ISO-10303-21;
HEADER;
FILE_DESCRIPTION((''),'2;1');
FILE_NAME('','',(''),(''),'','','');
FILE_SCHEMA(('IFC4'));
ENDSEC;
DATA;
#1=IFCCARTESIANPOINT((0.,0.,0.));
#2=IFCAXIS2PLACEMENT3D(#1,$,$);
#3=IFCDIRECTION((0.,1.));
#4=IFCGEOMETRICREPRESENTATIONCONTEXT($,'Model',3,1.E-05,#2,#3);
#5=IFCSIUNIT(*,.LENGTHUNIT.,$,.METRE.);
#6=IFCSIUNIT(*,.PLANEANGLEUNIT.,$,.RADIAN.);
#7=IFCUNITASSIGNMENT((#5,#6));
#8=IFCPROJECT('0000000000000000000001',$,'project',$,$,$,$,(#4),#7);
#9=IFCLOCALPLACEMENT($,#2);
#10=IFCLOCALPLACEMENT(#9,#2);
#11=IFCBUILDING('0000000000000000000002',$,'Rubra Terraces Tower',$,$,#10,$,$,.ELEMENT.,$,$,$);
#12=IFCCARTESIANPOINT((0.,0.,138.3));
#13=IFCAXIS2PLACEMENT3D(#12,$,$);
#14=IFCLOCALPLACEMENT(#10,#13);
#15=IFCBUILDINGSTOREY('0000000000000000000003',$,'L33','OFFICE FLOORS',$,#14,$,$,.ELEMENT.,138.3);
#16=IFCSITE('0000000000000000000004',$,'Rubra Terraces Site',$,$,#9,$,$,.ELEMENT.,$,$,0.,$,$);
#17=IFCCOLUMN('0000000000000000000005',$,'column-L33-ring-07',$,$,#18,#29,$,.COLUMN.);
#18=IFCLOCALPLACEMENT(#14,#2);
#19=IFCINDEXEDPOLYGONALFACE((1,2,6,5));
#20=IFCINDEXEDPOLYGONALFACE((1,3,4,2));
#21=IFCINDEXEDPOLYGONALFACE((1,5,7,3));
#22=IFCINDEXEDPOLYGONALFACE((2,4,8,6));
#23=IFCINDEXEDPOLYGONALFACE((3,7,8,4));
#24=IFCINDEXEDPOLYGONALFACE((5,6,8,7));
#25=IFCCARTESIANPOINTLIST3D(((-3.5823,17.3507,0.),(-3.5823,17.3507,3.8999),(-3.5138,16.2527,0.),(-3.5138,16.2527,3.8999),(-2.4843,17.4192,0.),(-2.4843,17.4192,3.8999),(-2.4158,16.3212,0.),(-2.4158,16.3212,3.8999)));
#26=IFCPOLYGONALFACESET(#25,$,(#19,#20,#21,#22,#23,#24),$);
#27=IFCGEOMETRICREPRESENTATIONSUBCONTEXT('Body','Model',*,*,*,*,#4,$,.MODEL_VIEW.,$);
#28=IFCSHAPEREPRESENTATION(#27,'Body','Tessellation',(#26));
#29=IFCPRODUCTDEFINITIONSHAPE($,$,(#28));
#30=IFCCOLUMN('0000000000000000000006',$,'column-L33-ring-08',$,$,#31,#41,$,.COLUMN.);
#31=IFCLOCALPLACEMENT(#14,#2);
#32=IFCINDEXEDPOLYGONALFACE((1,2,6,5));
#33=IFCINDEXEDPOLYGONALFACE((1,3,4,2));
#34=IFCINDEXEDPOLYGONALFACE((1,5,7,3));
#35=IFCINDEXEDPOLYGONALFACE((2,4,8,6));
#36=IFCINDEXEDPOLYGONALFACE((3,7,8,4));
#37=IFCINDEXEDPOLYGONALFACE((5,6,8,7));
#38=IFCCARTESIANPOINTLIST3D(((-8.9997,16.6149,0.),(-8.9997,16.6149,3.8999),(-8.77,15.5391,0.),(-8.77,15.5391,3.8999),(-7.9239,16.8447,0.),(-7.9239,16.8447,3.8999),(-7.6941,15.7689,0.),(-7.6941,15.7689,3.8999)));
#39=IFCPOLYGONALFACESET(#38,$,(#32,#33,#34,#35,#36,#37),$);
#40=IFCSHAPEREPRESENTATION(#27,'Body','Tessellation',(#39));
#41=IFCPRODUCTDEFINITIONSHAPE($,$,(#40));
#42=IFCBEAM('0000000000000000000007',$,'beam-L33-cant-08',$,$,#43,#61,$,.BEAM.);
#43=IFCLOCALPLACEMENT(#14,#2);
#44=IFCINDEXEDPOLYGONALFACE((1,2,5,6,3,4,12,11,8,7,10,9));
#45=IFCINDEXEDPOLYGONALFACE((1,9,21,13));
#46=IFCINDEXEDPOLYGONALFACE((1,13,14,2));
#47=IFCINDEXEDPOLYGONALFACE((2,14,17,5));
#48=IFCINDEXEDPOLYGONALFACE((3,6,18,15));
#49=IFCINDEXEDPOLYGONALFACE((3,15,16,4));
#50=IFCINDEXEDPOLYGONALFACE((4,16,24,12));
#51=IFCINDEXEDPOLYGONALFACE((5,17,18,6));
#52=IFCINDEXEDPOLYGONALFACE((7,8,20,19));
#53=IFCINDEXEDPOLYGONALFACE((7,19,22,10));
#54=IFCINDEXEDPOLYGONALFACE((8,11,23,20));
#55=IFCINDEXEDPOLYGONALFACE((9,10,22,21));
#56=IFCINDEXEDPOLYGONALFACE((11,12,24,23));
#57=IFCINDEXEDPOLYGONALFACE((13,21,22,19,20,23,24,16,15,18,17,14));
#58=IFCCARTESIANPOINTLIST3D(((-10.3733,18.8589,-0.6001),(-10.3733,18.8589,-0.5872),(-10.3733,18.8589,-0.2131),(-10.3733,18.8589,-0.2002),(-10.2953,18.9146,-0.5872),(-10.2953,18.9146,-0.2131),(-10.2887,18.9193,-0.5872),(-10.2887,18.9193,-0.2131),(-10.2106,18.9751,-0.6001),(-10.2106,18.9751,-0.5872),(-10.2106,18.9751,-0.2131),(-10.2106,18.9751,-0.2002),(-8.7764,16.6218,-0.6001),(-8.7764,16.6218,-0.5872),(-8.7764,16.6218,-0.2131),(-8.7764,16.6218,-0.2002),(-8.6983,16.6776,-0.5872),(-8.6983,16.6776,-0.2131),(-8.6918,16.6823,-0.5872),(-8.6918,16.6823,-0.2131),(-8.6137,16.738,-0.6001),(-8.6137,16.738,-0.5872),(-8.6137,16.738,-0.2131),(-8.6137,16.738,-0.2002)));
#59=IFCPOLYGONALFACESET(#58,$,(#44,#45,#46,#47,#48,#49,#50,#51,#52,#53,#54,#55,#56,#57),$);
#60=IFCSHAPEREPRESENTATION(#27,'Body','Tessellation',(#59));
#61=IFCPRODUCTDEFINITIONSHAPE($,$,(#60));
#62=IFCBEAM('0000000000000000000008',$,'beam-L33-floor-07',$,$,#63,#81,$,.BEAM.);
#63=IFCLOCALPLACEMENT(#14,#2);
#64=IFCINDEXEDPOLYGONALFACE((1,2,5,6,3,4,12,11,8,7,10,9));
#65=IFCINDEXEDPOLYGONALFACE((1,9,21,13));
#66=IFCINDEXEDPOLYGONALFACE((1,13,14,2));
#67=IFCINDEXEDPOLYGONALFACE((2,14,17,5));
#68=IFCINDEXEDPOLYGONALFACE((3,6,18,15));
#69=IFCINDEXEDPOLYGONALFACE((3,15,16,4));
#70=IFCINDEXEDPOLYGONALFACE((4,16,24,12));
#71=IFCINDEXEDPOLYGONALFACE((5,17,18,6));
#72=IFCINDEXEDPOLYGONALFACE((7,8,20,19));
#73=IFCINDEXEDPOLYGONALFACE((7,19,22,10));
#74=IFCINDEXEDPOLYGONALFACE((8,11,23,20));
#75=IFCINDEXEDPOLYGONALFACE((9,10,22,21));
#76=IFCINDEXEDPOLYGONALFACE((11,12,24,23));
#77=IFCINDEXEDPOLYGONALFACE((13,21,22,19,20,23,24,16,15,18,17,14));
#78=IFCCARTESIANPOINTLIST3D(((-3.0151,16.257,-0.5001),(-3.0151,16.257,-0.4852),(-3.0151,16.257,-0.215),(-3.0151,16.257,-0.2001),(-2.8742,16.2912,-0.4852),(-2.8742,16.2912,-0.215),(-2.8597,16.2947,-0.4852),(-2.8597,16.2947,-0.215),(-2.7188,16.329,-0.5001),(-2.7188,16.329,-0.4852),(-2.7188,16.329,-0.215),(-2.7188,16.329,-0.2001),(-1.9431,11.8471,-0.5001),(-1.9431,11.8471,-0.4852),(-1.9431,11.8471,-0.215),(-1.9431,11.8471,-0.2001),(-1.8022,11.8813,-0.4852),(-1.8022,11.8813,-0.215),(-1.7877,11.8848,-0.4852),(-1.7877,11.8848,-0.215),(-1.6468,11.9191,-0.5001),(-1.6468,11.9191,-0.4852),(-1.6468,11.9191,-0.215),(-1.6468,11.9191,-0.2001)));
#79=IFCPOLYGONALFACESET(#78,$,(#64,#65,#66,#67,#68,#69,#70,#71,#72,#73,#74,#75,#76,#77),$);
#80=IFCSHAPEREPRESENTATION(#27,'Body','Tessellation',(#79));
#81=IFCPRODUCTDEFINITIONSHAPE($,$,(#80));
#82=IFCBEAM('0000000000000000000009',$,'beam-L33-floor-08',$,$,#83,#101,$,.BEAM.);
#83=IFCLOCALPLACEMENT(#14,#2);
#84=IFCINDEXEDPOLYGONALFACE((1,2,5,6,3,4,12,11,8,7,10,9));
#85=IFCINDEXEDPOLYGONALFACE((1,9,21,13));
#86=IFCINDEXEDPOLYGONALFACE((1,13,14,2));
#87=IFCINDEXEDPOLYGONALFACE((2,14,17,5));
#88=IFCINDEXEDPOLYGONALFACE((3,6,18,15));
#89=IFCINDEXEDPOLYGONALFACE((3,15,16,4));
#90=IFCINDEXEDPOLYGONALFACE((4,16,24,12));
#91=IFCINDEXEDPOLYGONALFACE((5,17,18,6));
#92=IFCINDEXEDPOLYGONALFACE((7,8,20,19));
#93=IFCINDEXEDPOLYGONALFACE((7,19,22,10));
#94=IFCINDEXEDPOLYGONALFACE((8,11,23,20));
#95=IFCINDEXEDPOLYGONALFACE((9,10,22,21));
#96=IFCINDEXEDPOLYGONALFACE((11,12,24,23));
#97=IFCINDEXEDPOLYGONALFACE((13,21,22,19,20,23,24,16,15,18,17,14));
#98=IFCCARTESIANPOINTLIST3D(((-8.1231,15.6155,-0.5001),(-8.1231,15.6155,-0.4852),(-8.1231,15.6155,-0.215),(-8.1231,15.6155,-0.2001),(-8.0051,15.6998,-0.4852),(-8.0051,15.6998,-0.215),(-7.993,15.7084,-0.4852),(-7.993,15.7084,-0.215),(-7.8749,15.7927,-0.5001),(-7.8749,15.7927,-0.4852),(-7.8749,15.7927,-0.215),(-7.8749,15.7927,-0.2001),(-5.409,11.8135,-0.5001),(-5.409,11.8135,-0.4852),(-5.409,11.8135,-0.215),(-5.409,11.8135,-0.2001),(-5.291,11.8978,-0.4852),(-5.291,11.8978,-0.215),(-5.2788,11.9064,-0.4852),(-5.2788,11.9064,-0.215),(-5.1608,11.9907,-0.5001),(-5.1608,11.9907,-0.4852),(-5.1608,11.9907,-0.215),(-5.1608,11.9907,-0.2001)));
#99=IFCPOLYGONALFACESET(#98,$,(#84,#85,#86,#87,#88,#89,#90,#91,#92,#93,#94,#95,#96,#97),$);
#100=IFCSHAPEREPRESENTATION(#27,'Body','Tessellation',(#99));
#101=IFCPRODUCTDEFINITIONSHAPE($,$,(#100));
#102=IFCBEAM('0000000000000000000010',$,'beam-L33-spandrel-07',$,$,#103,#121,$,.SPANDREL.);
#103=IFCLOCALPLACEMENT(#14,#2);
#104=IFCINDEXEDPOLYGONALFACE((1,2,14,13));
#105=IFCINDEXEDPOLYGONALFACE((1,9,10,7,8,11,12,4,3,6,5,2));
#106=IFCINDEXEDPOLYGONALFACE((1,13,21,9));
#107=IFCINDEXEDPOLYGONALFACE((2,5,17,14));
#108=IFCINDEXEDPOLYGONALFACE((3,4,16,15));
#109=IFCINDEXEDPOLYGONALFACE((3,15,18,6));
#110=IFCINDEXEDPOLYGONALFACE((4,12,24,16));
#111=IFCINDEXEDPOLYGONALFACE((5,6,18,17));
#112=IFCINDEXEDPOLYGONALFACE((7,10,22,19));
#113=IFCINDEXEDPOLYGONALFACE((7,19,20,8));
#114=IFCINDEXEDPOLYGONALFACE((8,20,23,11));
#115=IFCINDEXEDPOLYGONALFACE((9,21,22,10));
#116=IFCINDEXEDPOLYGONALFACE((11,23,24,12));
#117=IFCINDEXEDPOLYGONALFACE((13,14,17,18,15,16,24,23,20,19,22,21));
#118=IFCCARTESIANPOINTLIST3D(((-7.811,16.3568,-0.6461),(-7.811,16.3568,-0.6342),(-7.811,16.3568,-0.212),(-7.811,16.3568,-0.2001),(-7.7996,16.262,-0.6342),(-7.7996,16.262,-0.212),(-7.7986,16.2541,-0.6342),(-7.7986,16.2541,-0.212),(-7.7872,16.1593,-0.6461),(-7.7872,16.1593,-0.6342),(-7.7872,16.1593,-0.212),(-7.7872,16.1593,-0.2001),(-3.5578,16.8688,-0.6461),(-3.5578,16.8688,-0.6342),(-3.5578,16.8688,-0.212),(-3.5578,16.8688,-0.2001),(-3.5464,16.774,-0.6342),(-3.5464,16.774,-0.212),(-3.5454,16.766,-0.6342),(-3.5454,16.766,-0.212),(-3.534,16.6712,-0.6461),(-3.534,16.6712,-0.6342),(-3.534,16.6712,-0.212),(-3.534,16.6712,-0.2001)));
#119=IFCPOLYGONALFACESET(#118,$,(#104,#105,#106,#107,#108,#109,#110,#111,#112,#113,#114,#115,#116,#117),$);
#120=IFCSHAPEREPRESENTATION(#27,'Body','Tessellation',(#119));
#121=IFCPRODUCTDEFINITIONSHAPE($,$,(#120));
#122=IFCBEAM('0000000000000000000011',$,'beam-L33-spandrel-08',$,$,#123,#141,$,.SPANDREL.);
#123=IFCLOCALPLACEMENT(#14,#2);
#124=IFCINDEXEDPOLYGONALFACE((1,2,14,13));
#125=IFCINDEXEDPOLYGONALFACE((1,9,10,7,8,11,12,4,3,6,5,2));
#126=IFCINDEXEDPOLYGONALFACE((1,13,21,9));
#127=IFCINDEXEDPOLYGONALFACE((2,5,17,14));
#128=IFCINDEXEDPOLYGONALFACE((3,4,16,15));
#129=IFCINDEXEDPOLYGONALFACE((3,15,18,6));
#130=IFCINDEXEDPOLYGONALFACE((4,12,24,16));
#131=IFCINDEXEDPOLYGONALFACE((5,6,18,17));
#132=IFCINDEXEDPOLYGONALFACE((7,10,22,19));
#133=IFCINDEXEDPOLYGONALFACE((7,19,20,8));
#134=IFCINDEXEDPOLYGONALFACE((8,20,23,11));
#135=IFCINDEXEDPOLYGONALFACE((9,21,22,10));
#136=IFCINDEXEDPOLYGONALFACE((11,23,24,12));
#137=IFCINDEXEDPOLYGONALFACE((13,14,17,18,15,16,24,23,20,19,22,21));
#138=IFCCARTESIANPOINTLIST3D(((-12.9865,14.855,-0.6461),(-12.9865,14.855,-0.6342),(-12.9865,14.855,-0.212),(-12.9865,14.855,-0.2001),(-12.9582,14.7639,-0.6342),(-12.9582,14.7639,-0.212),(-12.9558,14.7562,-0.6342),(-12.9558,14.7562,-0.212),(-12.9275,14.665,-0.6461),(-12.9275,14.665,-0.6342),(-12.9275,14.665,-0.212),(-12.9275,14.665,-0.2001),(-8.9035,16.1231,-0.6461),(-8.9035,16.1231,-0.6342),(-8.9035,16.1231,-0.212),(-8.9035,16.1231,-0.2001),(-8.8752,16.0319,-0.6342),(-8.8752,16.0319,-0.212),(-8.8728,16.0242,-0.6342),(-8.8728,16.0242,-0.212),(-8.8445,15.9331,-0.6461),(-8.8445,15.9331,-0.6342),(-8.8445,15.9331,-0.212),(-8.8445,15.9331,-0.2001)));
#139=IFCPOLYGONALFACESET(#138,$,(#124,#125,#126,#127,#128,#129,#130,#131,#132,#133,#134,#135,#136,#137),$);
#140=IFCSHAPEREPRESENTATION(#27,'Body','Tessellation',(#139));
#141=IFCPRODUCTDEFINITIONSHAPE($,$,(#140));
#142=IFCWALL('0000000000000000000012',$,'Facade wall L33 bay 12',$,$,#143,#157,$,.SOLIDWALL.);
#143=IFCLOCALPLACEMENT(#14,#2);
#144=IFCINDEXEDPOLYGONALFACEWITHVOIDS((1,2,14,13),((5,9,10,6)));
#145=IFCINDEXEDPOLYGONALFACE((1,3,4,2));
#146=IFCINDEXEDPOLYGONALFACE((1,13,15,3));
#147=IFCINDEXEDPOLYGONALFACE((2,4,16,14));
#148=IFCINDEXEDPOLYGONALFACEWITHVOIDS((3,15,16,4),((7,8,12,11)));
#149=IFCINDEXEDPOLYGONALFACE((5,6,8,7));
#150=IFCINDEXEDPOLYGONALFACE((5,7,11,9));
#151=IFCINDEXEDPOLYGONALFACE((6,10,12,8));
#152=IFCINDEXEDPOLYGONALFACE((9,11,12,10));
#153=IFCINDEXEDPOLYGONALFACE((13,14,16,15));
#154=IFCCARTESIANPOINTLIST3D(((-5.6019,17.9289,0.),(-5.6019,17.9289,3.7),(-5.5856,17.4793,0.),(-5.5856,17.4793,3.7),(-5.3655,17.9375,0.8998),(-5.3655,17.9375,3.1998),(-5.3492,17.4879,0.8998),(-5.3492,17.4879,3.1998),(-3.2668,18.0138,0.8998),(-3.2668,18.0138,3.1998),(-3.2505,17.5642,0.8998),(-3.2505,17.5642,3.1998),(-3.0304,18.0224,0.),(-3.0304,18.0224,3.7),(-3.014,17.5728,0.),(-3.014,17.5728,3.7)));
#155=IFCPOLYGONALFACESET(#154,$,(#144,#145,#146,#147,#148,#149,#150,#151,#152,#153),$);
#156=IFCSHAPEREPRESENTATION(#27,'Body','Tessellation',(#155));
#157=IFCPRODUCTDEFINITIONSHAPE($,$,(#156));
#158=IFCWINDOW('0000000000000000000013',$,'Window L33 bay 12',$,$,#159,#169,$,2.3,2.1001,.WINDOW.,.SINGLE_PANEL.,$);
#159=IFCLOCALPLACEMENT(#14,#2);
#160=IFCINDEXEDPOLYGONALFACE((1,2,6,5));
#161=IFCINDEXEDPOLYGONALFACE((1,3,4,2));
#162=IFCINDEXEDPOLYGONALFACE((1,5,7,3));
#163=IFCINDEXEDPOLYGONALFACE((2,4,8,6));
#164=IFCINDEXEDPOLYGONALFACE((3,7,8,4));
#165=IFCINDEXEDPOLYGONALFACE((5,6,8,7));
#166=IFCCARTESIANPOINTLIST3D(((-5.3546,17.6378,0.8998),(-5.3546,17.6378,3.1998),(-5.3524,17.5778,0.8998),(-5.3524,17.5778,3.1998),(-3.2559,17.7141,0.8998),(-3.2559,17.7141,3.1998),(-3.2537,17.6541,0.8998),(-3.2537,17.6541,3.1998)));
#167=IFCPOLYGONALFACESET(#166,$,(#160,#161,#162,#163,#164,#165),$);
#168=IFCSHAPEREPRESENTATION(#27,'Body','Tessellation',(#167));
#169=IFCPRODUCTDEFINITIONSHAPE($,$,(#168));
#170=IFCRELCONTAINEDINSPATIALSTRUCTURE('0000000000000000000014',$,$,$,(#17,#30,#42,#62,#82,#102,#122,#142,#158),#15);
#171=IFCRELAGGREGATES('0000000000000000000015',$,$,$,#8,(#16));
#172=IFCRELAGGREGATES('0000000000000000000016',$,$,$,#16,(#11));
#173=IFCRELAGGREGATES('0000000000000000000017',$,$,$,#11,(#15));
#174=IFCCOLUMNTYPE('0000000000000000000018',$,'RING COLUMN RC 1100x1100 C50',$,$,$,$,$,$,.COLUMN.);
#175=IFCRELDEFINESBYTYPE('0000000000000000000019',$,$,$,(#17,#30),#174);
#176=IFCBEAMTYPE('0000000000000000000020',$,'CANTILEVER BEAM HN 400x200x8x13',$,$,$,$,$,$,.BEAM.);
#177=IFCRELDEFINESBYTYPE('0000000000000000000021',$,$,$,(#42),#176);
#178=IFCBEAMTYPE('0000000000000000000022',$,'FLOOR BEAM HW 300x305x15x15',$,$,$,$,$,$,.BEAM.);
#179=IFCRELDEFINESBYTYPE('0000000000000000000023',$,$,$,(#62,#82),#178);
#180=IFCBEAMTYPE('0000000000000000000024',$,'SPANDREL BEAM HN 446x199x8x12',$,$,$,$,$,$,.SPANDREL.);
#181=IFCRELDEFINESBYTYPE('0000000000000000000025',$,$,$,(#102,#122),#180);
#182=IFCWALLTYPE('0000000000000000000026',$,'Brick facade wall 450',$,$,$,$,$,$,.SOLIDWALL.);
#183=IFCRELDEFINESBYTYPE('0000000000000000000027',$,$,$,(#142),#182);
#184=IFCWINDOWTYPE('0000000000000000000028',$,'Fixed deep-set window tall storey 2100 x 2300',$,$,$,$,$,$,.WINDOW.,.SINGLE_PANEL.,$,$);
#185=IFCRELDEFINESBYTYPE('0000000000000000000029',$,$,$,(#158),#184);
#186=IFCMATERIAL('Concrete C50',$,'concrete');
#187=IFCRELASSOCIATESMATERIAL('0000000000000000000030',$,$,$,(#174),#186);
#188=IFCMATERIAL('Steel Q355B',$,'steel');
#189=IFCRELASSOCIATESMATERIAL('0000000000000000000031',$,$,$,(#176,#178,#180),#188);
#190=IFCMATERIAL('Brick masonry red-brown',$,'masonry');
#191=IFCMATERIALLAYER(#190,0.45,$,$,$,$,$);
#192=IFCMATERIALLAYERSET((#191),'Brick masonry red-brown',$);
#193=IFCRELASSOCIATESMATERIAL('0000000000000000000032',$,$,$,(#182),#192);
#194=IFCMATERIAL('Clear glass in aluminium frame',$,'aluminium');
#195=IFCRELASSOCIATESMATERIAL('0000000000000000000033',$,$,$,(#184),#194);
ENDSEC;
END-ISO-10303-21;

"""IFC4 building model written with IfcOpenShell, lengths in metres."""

from ifc_helpers import new_model, si_unit, direction, frame, frame_2d, origin, origin_2d, place, context, subcontext, project, spatial, rectangle, i_section, extrude, material, layer, layer_set, material_profile, profile_set, type_object, element, fill, save


model = new_model("IFC4")

# Units and contexts
model_context = context("Model", 3, precision=1e-05, world=origin(), true_north=direction((0.0, 1.0)))
body_context = subcontext(model_context, "Body", "Model", "MODEL_VIEW")
ifc_project = project(units=[si_unit("LENGTHUNIT", "METRE"), si_unit("PLANEANGLEUNIT", "RADIAN")], contexts=[model_context])

# Site, building, storey
site_placement = place(None, origin())
site = spatial("IfcSite", under=ifc_project, at=site_placement, Name="Rubra Terraces Site", CompositionType="ELEMENT", RefElevation=0.0)
building_placement = place(site_placement, origin())
building = spatial("IfcBuilding", under=site, at=building_placement, Name="Rubra Terraces Tower", CompositionType="ELEMENT")
storey_placement = place(building_placement, frame((0.0, 0.0, 138.3)))
storey = spatial("IfcBuildingStorey", under=building, at=storey_placement, Name="L33", Description="OFFICE FLOORS", CompositionType="ELEMENT", Elevation=138.3)

# Columns
ifc_material_1 = material(Name="Concrete C50", Category="concrete")
ifc_material_profile_1 = material_profile(ifc_material_1, rectangle(XDim=1.1001, YDim=1.1001, at=origin_2d()), Name="RC 1100x1100")
ifc_profile_set_1 = profile_set([ifc_material_profile_1], Name="Concrete C50")
column_type = type_object("IfcColumnType", Name="RING COLUMN RC 1100x1100 C50", PredefinedType="COLUMN", material=ifc_profile_set_1)
for number, where, z_axis, x_axis, name in (
    (1, (-2.999, 16.8359, 0.0), (0.0, 0.0, 1.0), (-0.998059, -0.062268, 0.0), "column-L33-ring-07"),
    (2, (-8.3469, 16.1919, 0.0), (0.0, 0.0, 1.0), (-0.977944, -0.208867, 0.0), "column-L33-ring-08"),
):
    element("IfcColumn", number, at=place(storey_placement, frame(where, z_axis=z_axis, x_axis=x_axis)), inside=storey, type_object=column_type, Name=name, PredefinedType="COLUMN", context=body_context, shape_type="SweptSolid", body=[
        extrude(rectangle(XDim=1.1001, YDim=1.1001, at=origin_2d()), origin(), (0.0, 0.0, 1.0), 3.8999),
    ])

# Beams
ifc_material_2 = material(Name="Steel Q355B", Category="steel")
ifc_material_profile_2 = material_profile(ifc_material_2, i_section(OverallWidth=0.2, OverallDepth=0.3999, WebThickness=0.0081, FlangeThickness=0.0129, at=origin_2d()), Name="HN 400x200x8x13")
ifc_profile_set_2 = profile_set([ifc_material_profile_2], Name="Steel Q355B")
beam_type_1 = type_object("IfcBeamType", Name="CANTILEVER BEAM HN 400x200x8x13", PredefinedType="BEAM", material=ifc_profile_set_2)
beam_1_placement = place(storey_placement, frame((-8.6951, 16.6799, -0.4001), z_axis=(-0.581003, 0.813901, 0.0), x_axis=(-0.813901, -0.581003, 0.0)))
element("IfcBeam", 3, at=beam_1_placement, inside=storey, type_object=beam_type_1, Name="beam-L33-cant-08", PredefinedType="BEAM", context=body_context, shape_type="SweptSolid", body=[
    extrude(i_section(OverallWidth=0.2, OverallDepth=0.3999, WebThickness=0.0081, FlangeThickness=0.0129, at=origin_2d()), origin(), (0.0, 0.0, 1.0), 2.7485),
])
ifc_material_profile_3 = material_profile(ifc_material_2, i_section(OverallWidth=0.3049, OverallDepth=0.3, WebThickness=0.0149, FlangeThickness=0.0149, at=origin_2d()), Name="HW 300x305x15x15")
ifc_profile_set_3 = profile_set([ifc_material_profile_3], Name="Steel Q355B")
beam_type_2 = type_object("IfcBeamType", Name="FLOOR BEAM HW 300x305x15x15", PredefinedType="BEAM", material=ifc_profile_set_3)
beam_2_placement = place(storey_placement, frame((-2.8669, 16.293, -0.3501), z_axis=(0.236214, -0.971701, 0.0), x_axis=(0.971701, 0.236214, 0.0)))
element("IfcBeam", 4, at=beam_2_placement, inside=storey, type_object=beam_type_2, Name="beam-L33-floor-07", PredefinedType="BEAM", context=body_context, shape_type="SweptSolid", body=[
    extrude(i_section(OverallWidth=0.3049, OverallDepth=0.3, WebThickness=0.0149, FlangeThickness=0.0149, at=origin_2d()), origin(), (0.0, 0.0, 1.0), 4.5383),
])
beam_3_placement = place(storey_placement, frame((-7.999, 15.7041, -0.3501), z_axis=(0.581011, -0.813896, 0.0), x_axis=(0.813896, 0.581011, 0.0)))
element("IfcBeam", 5, at=beam_3_placement, inside=storey, type_object=beam_type_2, Name="beam-L33-floor-08", PredefinedType="BEAM", context=body_context, shape_type="SweptSolid", body=[
    extrude(i_section(OverallWidth=0.3049, OverallDepth=0.3, WebThickness=0.0149, FlangeThickness=0.0149, at=origin_2d()), origin(), (0.0, 0.0, 1.0), 4.6714),
])
ifc_material_profile_4 = material_profile(ifc_material_2, i_section(OverallWidth=0.199, OverallDepth=0.446, WebThickness=0.0081, FlangeThickness=0.012, at=origin_2d()), Name="HN 446x199x8x12")
ifc_profile_set_4 = profile_set([ifc_material_profile_4], Name="Steel Q355B")
beam_type_3 = type_object("IfcBeamType", Name="SPANDREL BEAM HN 446x199x8x12", PredefinedType="SPANDREL", material=ifc_profile_set_4)
beam_4_placement = place(storey_placement, frame((-3.5459, 16.77, -0.4231), z_axis=(-0.992833, -0.119509, 0.0), x_axis=(0.119509, -0.992833, 0.0)))
element("IfcBeam", 6, at=beam_4_placement, inside=storey, type_object=beam_type_3, Name="beam-L33-spandrel-07", PredefinedType="SPANDREL", context=body_context, shape_type="SweptSolid", body=[
    extrude(i_section(OverallWidth=0.199, OverallDepth=0.446, WebThickness=0.0081, FlangeThickness=0.012, at=origin_2d()), origin(), (0.0, 0.0, 1.0), 4.2839),
])
beam_5_placement = place(storey_placement, frame((-8.874, 16.0281, -0.4231), z_axis=(-0.955003, -0.296597, 0.0), x_axis=(0.296597, -0.955003, 0.0)))
element("IfcBeam", 7, at=beam_5_placement, inside=storey, type_object=beam_type_3, Name="beam-L33-spandrel-08", PredefinedType="SPANDREL", context=body_context, shape_type="SweptSolid", body=[
    extrude(i_section(OverallWidth=0.199, OverallDepth=0.446, WebThickness=0.0081, FlangeThickness=0.012, at=origin_2d()), origin(), (0.0, 0.0, 1.0), 4.2754),
])

# Wall, opening, window
ifc_material_3 = material(Name="Brick masonry red-brown", Category="masonry")
ifc_layer_1 = layer(ifc_material_3, 0.45)
ifc_layer_set_1 = layer_set([ifc_layer_1], Name="Brick masonry red-brown")
wall_type_1 = type_object("IfcWallType", Name="Brick facade wall 450", PredefinedType="SOLIDWALL", material=ifc_layer_set_1)
wall_1_placement = place(storey_placement, frame((-3.0222, 17.7976, 0.0), z_axis=(0.0, 0.0, 1.0), x_axis=(-0.99934, -0.036338, 0.0)))
wall_1 = element("IfcWall", 8, at=wall_1_placement, inside=storey, type_object=wall_type_1, Name="Facade wall L33 bay 12", PredefinedType="SOLIDWALL", context=body_context, shape_type="SweptSolid", body=[
    extrude(rectangle(XDim=2.5732, YDim=0.45, at=frame_2d((1.2866, 0.0))), origin(), (0.0, 0.0, 1.0), 3.7),
])
opening_1_placement = place(wall_1_placement, frame((0.2366, 0.0, 0.8999)))
opening_1 = element("IfcOpeningElement", 9, at=opening_1_placement, cuts=wall_1, PredefinedType="OPENING", context=body_context, shape_type="SweptSolid", body=[
    extrude(rectangle(XDim=2.1001, YDim=2.3, at=frame_2d((1.05, 1.1499))), frame((0.0, 0.2349, 0.0), z_axis=(0.0, -1.0, 0.0), x_axis=(1.0, 0.0, 0.0)), (0.0, 0.0, 1.0), 0.47),
])
ifc_material_4 = material(Name="Clear glass in aluminium frame", Category="aluminium")
window_type_1 = type_object("IfcWindowType", Name="Fixed deep-set window tall storey 2100 x 2300", PartitioningType="SINGLE_PANEL", PredefinedType="WINDOW", material=ifc_material_4)
window_1_placement = place(opening_1_placement, origin())
window_1 = element("IfcWindow", 10, at=window_1_placement, inside=storey, type_object=window_type_1, Name="Window L33 bay 12", OverallHeight=2.3, OverallWidth=2.1001, PartitioningType="SINGLE_PANEL", PredefinedType="WINDOW", context=body_context, shape_type="SweptSolid", body=[
    extrude(rectangle(XDim=2.1001, YDim=2.3, at=frame_2d((1.05, 1.1499))), frame((0.0, 0.135, 0.0), z_axis=(0.0, -1.0, 0.0), x_axis=(1.0, 0.0, 0.0)), (0.0, 0.0, 1.0), 0.0601),
])
fill(opening_1, window_1)

save(model, "model.ifc")
